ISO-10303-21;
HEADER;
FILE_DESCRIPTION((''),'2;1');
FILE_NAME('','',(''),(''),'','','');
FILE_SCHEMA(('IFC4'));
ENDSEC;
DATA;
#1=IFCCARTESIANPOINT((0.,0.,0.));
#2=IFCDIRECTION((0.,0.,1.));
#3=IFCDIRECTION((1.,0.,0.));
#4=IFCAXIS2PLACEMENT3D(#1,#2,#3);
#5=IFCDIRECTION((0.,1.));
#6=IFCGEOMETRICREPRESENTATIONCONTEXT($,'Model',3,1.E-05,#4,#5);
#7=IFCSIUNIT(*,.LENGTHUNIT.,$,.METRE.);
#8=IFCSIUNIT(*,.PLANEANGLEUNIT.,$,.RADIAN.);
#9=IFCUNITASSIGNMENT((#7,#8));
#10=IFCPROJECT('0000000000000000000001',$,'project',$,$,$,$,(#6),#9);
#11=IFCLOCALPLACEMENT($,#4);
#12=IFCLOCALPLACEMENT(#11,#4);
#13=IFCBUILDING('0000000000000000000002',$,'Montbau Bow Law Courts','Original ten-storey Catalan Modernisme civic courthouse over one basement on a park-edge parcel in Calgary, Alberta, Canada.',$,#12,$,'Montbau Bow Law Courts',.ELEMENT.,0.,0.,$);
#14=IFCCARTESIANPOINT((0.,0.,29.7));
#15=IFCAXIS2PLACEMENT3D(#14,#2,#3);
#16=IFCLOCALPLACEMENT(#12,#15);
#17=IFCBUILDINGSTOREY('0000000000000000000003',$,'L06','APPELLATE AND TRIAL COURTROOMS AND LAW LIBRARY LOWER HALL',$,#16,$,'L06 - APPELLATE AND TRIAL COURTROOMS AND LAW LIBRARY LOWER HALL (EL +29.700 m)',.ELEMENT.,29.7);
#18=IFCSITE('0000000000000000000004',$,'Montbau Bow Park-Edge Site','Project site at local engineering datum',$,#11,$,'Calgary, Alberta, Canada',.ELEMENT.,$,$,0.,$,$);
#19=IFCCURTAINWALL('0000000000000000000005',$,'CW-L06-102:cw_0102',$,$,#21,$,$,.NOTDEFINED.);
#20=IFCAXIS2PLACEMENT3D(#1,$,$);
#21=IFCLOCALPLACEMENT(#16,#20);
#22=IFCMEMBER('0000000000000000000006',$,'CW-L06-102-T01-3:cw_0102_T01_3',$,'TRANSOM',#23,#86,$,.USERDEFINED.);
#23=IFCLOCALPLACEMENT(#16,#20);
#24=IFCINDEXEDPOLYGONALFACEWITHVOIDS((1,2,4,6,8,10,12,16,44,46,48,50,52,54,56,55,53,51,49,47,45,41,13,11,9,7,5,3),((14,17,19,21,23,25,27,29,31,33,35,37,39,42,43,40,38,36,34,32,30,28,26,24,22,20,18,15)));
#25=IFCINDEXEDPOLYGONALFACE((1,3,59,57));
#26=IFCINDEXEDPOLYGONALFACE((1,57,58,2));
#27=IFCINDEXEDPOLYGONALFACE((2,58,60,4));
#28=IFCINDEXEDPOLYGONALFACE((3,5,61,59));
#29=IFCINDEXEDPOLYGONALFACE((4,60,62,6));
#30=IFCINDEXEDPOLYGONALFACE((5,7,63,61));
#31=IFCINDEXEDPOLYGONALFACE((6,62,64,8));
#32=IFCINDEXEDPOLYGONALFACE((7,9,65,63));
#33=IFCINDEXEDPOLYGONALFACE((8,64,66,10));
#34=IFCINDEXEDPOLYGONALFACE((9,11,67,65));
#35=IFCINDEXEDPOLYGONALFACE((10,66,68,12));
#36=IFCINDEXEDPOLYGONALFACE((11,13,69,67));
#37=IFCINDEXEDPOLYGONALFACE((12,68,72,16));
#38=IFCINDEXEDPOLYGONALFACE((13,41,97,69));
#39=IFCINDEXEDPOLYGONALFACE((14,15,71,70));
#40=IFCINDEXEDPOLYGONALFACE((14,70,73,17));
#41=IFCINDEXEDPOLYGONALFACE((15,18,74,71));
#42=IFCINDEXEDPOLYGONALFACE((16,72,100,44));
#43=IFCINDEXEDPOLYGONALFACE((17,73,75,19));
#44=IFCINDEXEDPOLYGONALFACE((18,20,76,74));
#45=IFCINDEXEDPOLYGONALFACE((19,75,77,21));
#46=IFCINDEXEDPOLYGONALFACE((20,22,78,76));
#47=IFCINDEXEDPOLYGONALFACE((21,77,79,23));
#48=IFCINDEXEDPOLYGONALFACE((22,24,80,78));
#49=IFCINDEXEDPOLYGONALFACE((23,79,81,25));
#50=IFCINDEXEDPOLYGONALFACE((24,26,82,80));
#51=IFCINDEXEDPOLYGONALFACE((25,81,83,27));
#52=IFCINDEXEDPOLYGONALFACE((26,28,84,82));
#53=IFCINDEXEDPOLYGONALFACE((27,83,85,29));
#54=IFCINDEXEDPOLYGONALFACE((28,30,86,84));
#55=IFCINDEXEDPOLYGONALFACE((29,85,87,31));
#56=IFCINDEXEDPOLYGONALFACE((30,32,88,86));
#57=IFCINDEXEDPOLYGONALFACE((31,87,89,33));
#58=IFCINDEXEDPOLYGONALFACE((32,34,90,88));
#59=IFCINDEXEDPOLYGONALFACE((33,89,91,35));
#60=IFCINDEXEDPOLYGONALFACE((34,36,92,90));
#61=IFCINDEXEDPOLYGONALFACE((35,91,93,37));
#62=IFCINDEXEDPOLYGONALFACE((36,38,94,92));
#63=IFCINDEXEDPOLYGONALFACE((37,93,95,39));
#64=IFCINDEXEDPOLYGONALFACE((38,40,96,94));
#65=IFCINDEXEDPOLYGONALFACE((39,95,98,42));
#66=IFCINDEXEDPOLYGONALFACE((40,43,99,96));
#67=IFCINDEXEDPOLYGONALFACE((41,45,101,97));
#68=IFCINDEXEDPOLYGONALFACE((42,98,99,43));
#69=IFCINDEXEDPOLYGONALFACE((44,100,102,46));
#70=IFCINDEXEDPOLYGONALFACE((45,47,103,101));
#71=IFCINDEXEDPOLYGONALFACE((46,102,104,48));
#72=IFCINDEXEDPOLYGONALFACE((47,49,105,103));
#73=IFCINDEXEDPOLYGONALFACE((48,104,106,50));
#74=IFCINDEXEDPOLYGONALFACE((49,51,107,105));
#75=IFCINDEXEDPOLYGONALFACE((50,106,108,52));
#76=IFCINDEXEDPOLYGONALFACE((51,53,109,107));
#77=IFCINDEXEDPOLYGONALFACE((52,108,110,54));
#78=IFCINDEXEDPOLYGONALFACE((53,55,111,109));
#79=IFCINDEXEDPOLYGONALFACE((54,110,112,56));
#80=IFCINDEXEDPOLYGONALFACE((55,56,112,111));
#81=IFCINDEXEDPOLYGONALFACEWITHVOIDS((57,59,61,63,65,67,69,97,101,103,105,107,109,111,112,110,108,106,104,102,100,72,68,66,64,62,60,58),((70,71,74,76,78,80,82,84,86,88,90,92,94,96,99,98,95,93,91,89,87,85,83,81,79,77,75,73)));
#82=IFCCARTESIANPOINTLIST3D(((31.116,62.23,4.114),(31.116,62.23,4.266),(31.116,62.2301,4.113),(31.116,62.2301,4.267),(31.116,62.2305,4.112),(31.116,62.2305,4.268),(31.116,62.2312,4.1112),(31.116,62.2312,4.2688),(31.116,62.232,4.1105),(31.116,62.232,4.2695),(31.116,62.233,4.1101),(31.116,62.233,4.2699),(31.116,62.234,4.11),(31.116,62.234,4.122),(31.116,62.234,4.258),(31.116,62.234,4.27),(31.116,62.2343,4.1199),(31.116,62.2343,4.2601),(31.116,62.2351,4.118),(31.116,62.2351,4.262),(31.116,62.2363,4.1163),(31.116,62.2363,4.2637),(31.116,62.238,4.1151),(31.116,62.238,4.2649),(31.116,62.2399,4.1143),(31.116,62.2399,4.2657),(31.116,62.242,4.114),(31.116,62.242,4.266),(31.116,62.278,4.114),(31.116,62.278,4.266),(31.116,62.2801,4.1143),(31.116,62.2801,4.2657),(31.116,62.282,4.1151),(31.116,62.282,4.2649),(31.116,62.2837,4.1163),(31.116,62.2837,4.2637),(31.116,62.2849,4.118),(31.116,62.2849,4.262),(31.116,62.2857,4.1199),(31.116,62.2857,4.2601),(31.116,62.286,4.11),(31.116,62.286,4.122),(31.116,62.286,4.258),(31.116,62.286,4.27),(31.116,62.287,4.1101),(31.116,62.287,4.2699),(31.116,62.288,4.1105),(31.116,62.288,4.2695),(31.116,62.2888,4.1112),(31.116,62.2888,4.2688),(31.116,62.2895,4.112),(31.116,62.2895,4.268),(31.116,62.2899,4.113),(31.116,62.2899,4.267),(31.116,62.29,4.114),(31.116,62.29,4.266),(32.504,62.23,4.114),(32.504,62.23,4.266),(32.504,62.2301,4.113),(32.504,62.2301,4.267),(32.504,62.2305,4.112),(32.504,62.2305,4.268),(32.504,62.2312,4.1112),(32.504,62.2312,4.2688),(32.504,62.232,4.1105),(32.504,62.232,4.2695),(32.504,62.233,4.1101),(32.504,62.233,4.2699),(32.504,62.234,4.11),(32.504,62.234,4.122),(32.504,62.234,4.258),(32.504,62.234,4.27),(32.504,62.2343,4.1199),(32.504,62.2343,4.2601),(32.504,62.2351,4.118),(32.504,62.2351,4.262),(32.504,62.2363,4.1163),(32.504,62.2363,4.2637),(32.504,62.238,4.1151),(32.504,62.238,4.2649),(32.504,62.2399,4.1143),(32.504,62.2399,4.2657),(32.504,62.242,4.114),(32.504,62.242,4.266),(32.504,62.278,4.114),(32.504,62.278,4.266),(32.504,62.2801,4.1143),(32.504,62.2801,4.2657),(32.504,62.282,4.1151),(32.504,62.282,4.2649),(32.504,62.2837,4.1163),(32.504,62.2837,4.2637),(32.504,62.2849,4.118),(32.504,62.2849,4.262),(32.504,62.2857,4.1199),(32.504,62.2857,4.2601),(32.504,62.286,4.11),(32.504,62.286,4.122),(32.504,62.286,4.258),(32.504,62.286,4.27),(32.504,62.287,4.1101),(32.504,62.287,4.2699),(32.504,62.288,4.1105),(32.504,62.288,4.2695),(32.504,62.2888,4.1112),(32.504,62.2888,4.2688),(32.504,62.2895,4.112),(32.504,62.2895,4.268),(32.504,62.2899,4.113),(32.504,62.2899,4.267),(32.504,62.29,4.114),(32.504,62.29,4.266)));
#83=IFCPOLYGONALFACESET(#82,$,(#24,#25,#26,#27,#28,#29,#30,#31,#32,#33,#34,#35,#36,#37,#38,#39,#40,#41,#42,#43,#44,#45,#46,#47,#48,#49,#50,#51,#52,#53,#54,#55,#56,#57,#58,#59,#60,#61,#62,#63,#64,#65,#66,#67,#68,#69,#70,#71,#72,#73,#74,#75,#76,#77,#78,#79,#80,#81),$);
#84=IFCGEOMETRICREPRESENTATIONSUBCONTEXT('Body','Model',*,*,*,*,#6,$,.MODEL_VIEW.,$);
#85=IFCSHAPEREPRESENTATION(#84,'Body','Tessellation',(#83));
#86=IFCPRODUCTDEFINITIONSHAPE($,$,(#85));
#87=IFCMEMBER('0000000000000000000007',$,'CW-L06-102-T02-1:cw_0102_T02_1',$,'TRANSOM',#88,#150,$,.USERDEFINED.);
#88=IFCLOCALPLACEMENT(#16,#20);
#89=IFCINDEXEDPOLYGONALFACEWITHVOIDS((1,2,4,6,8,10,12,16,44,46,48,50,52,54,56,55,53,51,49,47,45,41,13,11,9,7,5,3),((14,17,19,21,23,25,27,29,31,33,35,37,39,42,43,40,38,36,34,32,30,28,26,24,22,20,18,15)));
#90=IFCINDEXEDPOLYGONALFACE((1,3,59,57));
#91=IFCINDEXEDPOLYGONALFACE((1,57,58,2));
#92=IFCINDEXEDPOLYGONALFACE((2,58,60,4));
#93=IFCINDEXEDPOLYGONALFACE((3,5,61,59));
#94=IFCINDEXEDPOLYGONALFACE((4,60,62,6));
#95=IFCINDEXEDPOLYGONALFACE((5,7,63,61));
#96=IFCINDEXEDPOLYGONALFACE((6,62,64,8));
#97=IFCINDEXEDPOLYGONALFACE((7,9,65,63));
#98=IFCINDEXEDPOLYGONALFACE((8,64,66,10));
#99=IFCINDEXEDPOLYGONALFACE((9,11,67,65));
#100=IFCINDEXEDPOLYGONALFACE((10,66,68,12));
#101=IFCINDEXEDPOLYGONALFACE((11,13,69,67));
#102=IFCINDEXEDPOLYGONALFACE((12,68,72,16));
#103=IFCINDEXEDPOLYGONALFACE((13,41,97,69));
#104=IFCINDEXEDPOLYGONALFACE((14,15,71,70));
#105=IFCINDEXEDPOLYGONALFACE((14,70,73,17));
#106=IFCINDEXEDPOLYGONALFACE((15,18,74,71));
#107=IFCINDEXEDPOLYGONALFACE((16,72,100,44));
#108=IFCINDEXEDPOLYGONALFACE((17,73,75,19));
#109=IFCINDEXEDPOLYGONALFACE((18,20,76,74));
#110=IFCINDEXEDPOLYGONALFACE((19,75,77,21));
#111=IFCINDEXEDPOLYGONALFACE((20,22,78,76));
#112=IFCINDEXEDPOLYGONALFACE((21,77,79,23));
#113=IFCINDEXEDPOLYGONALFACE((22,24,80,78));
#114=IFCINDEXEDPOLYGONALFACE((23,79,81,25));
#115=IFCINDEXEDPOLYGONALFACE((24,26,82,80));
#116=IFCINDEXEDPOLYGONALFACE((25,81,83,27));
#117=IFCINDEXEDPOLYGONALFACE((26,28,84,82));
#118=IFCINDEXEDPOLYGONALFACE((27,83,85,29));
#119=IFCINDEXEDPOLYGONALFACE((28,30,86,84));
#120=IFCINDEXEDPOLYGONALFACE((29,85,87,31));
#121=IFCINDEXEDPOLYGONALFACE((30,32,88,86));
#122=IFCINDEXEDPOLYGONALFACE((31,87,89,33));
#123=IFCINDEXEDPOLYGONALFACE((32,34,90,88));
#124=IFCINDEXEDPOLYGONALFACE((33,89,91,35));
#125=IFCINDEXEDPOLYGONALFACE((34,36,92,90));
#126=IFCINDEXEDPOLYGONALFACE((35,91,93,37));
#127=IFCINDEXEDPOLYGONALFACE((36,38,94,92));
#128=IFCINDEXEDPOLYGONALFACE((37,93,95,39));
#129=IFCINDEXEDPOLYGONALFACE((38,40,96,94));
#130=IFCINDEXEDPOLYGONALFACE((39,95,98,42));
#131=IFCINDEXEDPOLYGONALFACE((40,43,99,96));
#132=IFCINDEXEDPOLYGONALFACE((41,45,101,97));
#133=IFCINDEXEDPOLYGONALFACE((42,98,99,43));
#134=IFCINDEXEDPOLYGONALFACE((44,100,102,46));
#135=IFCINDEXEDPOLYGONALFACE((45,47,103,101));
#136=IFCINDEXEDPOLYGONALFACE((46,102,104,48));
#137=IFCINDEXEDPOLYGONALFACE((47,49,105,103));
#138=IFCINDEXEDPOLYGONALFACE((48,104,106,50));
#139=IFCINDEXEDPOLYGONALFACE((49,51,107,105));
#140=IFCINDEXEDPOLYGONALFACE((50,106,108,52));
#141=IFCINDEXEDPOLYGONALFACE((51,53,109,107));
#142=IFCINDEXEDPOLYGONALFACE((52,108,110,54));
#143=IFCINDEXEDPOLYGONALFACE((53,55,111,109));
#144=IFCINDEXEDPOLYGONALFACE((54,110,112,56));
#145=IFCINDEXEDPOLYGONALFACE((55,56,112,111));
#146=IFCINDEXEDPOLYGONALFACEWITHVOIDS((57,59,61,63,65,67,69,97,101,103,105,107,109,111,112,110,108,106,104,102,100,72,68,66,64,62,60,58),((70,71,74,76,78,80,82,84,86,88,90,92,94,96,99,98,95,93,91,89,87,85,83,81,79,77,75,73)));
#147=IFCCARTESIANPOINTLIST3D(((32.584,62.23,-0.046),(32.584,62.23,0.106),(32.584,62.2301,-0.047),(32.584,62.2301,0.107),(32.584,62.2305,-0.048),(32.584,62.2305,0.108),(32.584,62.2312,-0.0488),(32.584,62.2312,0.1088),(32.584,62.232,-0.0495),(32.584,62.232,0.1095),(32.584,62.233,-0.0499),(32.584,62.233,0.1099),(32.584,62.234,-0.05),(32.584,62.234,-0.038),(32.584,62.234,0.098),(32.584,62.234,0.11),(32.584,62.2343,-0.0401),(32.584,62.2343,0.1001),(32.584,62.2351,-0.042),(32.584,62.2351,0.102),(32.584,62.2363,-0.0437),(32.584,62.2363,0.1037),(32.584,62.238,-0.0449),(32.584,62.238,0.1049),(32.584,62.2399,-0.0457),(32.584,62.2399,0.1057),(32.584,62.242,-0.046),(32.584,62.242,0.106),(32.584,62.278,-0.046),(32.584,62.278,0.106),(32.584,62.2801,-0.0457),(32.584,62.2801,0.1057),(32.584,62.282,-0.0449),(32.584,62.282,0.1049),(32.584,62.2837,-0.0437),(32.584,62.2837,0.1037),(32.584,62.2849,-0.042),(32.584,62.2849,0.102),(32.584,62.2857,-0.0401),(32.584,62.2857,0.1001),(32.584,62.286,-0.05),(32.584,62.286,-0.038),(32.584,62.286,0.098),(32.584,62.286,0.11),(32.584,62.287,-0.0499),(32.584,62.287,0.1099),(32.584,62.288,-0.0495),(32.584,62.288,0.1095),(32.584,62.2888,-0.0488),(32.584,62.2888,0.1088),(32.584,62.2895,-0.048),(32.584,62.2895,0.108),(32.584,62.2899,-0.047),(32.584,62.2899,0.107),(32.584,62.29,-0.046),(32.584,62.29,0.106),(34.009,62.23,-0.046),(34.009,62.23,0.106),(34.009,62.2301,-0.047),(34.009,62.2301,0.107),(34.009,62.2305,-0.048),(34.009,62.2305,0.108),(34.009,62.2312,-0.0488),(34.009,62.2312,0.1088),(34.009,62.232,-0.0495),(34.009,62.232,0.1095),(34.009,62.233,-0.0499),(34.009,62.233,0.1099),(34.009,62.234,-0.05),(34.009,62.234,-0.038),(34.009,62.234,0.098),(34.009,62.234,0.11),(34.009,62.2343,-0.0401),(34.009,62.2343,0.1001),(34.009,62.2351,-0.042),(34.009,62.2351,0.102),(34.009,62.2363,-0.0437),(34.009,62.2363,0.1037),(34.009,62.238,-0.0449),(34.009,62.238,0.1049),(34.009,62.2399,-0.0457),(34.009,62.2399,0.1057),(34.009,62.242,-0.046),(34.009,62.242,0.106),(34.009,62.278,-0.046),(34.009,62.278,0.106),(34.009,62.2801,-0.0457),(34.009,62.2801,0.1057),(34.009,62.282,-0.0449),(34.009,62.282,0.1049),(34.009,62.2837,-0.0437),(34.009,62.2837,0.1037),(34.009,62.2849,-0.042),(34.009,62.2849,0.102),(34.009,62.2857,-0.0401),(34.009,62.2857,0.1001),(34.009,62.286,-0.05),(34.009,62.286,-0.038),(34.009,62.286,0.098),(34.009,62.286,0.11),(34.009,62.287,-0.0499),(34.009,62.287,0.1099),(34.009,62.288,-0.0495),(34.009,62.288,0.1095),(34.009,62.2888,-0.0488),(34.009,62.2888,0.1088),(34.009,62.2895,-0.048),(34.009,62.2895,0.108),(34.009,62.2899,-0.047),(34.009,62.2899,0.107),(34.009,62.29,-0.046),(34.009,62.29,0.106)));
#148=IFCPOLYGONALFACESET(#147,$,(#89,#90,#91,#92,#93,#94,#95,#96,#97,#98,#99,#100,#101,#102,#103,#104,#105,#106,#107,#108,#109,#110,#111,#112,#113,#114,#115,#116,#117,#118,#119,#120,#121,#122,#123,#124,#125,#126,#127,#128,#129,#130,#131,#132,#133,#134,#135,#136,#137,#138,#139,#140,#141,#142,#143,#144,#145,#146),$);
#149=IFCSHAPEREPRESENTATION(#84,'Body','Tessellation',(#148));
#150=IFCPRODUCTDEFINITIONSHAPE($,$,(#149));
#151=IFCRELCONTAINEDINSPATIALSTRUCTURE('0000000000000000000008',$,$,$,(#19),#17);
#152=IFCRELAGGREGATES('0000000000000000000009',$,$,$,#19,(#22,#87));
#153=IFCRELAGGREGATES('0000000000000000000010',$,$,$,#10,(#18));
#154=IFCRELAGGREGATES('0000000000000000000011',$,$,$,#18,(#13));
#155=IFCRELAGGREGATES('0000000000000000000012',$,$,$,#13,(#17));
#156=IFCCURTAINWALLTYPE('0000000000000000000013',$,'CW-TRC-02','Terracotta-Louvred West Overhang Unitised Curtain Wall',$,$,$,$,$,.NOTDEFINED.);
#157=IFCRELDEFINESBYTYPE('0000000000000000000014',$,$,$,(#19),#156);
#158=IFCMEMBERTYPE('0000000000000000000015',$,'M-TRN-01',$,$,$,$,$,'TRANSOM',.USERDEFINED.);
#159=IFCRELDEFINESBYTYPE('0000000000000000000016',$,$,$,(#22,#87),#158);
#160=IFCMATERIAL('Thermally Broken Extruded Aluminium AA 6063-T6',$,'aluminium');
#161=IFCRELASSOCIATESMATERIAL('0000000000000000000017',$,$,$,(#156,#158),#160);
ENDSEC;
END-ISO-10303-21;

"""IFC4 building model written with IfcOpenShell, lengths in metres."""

from ifc_helpers import new_model, si_unit, direction, frame, origin_with_axes, origin_2d_with_axis, place, context, subcontext, project, spatial, hollow_rectangle, extrude, material, material_profile, profile_set, type_object, element, aggregate, save


model = new_model("IFC4")

# Units and contexts
model_context = context("Model", 3, precision=1e-05, world=origin_with_axes(), true_north=direction((0.0, 1.0)))
body_context = subcontext(model_context, "Body", "Model", "MODEL_VIEW")
ifc_project = project(units=[si_unit("LENGTHUNIT", "METRE"), si_unit("PLANEANGLEUNIT", "RADIAN")], contexts=[model_context])

# Site, building, storey
site_placement = place(None, origin_with_axes())
site = spatial("IfcSite", under=ifc_project, at=site_placement, Name="Montbau Bow Park-Edge Site", Description="Project site at local engineering datum", LongName="Calgary, Alberta, Canada", CompositionType="ELEMENT", RefElevation=0.0)
building_placement = place(site_placement, origin_with_axes())
building = spatial("IfcBuilding", under=site, at=building_placement, Name="Montbau Bow Law Courts", Description="Original ten-storey Catalan Modernisme civic courthouse over one basement on a park-edge parcel in Calgary, Alberta, Canada.", LongName="Montbau Bow Law Courts", CompositionType="ELEMENT", ElevationOfRefHeight=0.0, ElevationOfTerrain=0.0)
storey_placement = place(building_placement, frame((0.0, 0.0, 29.7), z_axis=(0.0, 0.0, 1.0), x_axis=(1.0, 0.0, 0.0)))
storey = spatial("IfcBuildingStorey", under=building, at=storey_placement, Name="L06", Description="APPELLATE AND TRIAL COURTROOMS AND LAW LIBRARY LOWER HALL", LongName="L06 - APPELLATE AND TRIAL COURTROOMS AND LAW LIBRARY LOWER HALL (EL +29.700 m)", CompositionType="ELEMENT", Elevation=29.7)

# Curtain wall
ifc_material_1 = material(Name="Thermally Broken Extruded Aluminium AA 6063-T6", Category="aluminium")
curtain_wall_type = type_object("IfcCurtainWallType", Name="CW-TRC-02", Description="Terracotta-Louvred West Overhang Unitised Curtain Wall", PredefinedType="NOTDEFINED", material=ifc_material_1)
curtain_wall_1_placement = place(None, frame((31.04, 62.26, 29.7), z_axis=(0.0, 0.0, 1.0), x_axis=(1.0, 0.0, 0.0)))
curtain_wall_1 = element("IfcCurtainWall", 1, at=curtain_wall_1_placement, inside=storey, type_object=curtain_wall_type, Name="CW-L06-102:cw_0102", PredefinedType="NOTDEFINED")

# Members
ifc_material_profile_1 = material_profile(ifc_material_1, hollow_rectangle(XDim=0.06, YDim=0.16, WallThickness=0.004, InnerFilletRadius=0.008, OuterFilletRadius=0.004, at=origin_2d_with_axis()), Name="CWT-160X60", Category="Main", Priority=0)
ifc_profile_set_1 = profile_set([ifc_material_profile_1], Name="Thermally Broken Extruded Aluminium AA 6063-T6")
member_type_1 = type_object("IfcMemberType", Name="M-TRN-01", ElementType="TRANSOM", PredefinedType="USERDEFINED", material=ifc_profile_set_1)
member_1_placement = place(None, frame((31.116, 62.26, 33.89), z_axis=(1.0, 0.0, 0.0), x_axis=(0.0, 1.0, 0.0)))
member_1 = element("IfcMember", 2, at=member_1_placement, type_object=member_type_1, Name="CW-L06-102-T01-3:cw_0102_T01_3", ObjectType="TRANSOM", PredefinedType="USERDEFINED", context=body_context, shape_type="SweptSolid", body=[
    extrude(hollow_rectangle(XDim=0.06, YDim=0.16, WallThickness=0.004, InnerFilletRadius=0.008, OuterFilletRadius=0.004, at=origin_2d_with_axis()), origin_with_axes(), (0.0, 0.0, 1.0), 1.388),
])
member_2_placement = place(None, frame((32.584, 62.26, 29.73), z_axis=(1.0, 0.0, 0.0), x_axis=(0.0, 1.0, 0.0)))
member_2 = element("IfcMember", 3, at=member_2_placement, type_object=member_type_1, Name="CW-L06-102-T02-1:cw_0102_T02_1", ObjectType="TRANSOM", PredefinedType="USERDEFINED", context=body_context, shape_type="SweptSolid", body=[
    extrude(hollow_rectangle(XDim=0.06, YDim=0.16, WallThickness=0.004, InnerFilletRadius=0.008, OuterFilletRadius=0.004, at=origin_2d_with_axis()), origin_with_axes(), (0.0, 0.0, 1.0), 1.425),
])

aggregate(curtain_wall_1, [member_1, member_2])

save(model, "model.ifc")
